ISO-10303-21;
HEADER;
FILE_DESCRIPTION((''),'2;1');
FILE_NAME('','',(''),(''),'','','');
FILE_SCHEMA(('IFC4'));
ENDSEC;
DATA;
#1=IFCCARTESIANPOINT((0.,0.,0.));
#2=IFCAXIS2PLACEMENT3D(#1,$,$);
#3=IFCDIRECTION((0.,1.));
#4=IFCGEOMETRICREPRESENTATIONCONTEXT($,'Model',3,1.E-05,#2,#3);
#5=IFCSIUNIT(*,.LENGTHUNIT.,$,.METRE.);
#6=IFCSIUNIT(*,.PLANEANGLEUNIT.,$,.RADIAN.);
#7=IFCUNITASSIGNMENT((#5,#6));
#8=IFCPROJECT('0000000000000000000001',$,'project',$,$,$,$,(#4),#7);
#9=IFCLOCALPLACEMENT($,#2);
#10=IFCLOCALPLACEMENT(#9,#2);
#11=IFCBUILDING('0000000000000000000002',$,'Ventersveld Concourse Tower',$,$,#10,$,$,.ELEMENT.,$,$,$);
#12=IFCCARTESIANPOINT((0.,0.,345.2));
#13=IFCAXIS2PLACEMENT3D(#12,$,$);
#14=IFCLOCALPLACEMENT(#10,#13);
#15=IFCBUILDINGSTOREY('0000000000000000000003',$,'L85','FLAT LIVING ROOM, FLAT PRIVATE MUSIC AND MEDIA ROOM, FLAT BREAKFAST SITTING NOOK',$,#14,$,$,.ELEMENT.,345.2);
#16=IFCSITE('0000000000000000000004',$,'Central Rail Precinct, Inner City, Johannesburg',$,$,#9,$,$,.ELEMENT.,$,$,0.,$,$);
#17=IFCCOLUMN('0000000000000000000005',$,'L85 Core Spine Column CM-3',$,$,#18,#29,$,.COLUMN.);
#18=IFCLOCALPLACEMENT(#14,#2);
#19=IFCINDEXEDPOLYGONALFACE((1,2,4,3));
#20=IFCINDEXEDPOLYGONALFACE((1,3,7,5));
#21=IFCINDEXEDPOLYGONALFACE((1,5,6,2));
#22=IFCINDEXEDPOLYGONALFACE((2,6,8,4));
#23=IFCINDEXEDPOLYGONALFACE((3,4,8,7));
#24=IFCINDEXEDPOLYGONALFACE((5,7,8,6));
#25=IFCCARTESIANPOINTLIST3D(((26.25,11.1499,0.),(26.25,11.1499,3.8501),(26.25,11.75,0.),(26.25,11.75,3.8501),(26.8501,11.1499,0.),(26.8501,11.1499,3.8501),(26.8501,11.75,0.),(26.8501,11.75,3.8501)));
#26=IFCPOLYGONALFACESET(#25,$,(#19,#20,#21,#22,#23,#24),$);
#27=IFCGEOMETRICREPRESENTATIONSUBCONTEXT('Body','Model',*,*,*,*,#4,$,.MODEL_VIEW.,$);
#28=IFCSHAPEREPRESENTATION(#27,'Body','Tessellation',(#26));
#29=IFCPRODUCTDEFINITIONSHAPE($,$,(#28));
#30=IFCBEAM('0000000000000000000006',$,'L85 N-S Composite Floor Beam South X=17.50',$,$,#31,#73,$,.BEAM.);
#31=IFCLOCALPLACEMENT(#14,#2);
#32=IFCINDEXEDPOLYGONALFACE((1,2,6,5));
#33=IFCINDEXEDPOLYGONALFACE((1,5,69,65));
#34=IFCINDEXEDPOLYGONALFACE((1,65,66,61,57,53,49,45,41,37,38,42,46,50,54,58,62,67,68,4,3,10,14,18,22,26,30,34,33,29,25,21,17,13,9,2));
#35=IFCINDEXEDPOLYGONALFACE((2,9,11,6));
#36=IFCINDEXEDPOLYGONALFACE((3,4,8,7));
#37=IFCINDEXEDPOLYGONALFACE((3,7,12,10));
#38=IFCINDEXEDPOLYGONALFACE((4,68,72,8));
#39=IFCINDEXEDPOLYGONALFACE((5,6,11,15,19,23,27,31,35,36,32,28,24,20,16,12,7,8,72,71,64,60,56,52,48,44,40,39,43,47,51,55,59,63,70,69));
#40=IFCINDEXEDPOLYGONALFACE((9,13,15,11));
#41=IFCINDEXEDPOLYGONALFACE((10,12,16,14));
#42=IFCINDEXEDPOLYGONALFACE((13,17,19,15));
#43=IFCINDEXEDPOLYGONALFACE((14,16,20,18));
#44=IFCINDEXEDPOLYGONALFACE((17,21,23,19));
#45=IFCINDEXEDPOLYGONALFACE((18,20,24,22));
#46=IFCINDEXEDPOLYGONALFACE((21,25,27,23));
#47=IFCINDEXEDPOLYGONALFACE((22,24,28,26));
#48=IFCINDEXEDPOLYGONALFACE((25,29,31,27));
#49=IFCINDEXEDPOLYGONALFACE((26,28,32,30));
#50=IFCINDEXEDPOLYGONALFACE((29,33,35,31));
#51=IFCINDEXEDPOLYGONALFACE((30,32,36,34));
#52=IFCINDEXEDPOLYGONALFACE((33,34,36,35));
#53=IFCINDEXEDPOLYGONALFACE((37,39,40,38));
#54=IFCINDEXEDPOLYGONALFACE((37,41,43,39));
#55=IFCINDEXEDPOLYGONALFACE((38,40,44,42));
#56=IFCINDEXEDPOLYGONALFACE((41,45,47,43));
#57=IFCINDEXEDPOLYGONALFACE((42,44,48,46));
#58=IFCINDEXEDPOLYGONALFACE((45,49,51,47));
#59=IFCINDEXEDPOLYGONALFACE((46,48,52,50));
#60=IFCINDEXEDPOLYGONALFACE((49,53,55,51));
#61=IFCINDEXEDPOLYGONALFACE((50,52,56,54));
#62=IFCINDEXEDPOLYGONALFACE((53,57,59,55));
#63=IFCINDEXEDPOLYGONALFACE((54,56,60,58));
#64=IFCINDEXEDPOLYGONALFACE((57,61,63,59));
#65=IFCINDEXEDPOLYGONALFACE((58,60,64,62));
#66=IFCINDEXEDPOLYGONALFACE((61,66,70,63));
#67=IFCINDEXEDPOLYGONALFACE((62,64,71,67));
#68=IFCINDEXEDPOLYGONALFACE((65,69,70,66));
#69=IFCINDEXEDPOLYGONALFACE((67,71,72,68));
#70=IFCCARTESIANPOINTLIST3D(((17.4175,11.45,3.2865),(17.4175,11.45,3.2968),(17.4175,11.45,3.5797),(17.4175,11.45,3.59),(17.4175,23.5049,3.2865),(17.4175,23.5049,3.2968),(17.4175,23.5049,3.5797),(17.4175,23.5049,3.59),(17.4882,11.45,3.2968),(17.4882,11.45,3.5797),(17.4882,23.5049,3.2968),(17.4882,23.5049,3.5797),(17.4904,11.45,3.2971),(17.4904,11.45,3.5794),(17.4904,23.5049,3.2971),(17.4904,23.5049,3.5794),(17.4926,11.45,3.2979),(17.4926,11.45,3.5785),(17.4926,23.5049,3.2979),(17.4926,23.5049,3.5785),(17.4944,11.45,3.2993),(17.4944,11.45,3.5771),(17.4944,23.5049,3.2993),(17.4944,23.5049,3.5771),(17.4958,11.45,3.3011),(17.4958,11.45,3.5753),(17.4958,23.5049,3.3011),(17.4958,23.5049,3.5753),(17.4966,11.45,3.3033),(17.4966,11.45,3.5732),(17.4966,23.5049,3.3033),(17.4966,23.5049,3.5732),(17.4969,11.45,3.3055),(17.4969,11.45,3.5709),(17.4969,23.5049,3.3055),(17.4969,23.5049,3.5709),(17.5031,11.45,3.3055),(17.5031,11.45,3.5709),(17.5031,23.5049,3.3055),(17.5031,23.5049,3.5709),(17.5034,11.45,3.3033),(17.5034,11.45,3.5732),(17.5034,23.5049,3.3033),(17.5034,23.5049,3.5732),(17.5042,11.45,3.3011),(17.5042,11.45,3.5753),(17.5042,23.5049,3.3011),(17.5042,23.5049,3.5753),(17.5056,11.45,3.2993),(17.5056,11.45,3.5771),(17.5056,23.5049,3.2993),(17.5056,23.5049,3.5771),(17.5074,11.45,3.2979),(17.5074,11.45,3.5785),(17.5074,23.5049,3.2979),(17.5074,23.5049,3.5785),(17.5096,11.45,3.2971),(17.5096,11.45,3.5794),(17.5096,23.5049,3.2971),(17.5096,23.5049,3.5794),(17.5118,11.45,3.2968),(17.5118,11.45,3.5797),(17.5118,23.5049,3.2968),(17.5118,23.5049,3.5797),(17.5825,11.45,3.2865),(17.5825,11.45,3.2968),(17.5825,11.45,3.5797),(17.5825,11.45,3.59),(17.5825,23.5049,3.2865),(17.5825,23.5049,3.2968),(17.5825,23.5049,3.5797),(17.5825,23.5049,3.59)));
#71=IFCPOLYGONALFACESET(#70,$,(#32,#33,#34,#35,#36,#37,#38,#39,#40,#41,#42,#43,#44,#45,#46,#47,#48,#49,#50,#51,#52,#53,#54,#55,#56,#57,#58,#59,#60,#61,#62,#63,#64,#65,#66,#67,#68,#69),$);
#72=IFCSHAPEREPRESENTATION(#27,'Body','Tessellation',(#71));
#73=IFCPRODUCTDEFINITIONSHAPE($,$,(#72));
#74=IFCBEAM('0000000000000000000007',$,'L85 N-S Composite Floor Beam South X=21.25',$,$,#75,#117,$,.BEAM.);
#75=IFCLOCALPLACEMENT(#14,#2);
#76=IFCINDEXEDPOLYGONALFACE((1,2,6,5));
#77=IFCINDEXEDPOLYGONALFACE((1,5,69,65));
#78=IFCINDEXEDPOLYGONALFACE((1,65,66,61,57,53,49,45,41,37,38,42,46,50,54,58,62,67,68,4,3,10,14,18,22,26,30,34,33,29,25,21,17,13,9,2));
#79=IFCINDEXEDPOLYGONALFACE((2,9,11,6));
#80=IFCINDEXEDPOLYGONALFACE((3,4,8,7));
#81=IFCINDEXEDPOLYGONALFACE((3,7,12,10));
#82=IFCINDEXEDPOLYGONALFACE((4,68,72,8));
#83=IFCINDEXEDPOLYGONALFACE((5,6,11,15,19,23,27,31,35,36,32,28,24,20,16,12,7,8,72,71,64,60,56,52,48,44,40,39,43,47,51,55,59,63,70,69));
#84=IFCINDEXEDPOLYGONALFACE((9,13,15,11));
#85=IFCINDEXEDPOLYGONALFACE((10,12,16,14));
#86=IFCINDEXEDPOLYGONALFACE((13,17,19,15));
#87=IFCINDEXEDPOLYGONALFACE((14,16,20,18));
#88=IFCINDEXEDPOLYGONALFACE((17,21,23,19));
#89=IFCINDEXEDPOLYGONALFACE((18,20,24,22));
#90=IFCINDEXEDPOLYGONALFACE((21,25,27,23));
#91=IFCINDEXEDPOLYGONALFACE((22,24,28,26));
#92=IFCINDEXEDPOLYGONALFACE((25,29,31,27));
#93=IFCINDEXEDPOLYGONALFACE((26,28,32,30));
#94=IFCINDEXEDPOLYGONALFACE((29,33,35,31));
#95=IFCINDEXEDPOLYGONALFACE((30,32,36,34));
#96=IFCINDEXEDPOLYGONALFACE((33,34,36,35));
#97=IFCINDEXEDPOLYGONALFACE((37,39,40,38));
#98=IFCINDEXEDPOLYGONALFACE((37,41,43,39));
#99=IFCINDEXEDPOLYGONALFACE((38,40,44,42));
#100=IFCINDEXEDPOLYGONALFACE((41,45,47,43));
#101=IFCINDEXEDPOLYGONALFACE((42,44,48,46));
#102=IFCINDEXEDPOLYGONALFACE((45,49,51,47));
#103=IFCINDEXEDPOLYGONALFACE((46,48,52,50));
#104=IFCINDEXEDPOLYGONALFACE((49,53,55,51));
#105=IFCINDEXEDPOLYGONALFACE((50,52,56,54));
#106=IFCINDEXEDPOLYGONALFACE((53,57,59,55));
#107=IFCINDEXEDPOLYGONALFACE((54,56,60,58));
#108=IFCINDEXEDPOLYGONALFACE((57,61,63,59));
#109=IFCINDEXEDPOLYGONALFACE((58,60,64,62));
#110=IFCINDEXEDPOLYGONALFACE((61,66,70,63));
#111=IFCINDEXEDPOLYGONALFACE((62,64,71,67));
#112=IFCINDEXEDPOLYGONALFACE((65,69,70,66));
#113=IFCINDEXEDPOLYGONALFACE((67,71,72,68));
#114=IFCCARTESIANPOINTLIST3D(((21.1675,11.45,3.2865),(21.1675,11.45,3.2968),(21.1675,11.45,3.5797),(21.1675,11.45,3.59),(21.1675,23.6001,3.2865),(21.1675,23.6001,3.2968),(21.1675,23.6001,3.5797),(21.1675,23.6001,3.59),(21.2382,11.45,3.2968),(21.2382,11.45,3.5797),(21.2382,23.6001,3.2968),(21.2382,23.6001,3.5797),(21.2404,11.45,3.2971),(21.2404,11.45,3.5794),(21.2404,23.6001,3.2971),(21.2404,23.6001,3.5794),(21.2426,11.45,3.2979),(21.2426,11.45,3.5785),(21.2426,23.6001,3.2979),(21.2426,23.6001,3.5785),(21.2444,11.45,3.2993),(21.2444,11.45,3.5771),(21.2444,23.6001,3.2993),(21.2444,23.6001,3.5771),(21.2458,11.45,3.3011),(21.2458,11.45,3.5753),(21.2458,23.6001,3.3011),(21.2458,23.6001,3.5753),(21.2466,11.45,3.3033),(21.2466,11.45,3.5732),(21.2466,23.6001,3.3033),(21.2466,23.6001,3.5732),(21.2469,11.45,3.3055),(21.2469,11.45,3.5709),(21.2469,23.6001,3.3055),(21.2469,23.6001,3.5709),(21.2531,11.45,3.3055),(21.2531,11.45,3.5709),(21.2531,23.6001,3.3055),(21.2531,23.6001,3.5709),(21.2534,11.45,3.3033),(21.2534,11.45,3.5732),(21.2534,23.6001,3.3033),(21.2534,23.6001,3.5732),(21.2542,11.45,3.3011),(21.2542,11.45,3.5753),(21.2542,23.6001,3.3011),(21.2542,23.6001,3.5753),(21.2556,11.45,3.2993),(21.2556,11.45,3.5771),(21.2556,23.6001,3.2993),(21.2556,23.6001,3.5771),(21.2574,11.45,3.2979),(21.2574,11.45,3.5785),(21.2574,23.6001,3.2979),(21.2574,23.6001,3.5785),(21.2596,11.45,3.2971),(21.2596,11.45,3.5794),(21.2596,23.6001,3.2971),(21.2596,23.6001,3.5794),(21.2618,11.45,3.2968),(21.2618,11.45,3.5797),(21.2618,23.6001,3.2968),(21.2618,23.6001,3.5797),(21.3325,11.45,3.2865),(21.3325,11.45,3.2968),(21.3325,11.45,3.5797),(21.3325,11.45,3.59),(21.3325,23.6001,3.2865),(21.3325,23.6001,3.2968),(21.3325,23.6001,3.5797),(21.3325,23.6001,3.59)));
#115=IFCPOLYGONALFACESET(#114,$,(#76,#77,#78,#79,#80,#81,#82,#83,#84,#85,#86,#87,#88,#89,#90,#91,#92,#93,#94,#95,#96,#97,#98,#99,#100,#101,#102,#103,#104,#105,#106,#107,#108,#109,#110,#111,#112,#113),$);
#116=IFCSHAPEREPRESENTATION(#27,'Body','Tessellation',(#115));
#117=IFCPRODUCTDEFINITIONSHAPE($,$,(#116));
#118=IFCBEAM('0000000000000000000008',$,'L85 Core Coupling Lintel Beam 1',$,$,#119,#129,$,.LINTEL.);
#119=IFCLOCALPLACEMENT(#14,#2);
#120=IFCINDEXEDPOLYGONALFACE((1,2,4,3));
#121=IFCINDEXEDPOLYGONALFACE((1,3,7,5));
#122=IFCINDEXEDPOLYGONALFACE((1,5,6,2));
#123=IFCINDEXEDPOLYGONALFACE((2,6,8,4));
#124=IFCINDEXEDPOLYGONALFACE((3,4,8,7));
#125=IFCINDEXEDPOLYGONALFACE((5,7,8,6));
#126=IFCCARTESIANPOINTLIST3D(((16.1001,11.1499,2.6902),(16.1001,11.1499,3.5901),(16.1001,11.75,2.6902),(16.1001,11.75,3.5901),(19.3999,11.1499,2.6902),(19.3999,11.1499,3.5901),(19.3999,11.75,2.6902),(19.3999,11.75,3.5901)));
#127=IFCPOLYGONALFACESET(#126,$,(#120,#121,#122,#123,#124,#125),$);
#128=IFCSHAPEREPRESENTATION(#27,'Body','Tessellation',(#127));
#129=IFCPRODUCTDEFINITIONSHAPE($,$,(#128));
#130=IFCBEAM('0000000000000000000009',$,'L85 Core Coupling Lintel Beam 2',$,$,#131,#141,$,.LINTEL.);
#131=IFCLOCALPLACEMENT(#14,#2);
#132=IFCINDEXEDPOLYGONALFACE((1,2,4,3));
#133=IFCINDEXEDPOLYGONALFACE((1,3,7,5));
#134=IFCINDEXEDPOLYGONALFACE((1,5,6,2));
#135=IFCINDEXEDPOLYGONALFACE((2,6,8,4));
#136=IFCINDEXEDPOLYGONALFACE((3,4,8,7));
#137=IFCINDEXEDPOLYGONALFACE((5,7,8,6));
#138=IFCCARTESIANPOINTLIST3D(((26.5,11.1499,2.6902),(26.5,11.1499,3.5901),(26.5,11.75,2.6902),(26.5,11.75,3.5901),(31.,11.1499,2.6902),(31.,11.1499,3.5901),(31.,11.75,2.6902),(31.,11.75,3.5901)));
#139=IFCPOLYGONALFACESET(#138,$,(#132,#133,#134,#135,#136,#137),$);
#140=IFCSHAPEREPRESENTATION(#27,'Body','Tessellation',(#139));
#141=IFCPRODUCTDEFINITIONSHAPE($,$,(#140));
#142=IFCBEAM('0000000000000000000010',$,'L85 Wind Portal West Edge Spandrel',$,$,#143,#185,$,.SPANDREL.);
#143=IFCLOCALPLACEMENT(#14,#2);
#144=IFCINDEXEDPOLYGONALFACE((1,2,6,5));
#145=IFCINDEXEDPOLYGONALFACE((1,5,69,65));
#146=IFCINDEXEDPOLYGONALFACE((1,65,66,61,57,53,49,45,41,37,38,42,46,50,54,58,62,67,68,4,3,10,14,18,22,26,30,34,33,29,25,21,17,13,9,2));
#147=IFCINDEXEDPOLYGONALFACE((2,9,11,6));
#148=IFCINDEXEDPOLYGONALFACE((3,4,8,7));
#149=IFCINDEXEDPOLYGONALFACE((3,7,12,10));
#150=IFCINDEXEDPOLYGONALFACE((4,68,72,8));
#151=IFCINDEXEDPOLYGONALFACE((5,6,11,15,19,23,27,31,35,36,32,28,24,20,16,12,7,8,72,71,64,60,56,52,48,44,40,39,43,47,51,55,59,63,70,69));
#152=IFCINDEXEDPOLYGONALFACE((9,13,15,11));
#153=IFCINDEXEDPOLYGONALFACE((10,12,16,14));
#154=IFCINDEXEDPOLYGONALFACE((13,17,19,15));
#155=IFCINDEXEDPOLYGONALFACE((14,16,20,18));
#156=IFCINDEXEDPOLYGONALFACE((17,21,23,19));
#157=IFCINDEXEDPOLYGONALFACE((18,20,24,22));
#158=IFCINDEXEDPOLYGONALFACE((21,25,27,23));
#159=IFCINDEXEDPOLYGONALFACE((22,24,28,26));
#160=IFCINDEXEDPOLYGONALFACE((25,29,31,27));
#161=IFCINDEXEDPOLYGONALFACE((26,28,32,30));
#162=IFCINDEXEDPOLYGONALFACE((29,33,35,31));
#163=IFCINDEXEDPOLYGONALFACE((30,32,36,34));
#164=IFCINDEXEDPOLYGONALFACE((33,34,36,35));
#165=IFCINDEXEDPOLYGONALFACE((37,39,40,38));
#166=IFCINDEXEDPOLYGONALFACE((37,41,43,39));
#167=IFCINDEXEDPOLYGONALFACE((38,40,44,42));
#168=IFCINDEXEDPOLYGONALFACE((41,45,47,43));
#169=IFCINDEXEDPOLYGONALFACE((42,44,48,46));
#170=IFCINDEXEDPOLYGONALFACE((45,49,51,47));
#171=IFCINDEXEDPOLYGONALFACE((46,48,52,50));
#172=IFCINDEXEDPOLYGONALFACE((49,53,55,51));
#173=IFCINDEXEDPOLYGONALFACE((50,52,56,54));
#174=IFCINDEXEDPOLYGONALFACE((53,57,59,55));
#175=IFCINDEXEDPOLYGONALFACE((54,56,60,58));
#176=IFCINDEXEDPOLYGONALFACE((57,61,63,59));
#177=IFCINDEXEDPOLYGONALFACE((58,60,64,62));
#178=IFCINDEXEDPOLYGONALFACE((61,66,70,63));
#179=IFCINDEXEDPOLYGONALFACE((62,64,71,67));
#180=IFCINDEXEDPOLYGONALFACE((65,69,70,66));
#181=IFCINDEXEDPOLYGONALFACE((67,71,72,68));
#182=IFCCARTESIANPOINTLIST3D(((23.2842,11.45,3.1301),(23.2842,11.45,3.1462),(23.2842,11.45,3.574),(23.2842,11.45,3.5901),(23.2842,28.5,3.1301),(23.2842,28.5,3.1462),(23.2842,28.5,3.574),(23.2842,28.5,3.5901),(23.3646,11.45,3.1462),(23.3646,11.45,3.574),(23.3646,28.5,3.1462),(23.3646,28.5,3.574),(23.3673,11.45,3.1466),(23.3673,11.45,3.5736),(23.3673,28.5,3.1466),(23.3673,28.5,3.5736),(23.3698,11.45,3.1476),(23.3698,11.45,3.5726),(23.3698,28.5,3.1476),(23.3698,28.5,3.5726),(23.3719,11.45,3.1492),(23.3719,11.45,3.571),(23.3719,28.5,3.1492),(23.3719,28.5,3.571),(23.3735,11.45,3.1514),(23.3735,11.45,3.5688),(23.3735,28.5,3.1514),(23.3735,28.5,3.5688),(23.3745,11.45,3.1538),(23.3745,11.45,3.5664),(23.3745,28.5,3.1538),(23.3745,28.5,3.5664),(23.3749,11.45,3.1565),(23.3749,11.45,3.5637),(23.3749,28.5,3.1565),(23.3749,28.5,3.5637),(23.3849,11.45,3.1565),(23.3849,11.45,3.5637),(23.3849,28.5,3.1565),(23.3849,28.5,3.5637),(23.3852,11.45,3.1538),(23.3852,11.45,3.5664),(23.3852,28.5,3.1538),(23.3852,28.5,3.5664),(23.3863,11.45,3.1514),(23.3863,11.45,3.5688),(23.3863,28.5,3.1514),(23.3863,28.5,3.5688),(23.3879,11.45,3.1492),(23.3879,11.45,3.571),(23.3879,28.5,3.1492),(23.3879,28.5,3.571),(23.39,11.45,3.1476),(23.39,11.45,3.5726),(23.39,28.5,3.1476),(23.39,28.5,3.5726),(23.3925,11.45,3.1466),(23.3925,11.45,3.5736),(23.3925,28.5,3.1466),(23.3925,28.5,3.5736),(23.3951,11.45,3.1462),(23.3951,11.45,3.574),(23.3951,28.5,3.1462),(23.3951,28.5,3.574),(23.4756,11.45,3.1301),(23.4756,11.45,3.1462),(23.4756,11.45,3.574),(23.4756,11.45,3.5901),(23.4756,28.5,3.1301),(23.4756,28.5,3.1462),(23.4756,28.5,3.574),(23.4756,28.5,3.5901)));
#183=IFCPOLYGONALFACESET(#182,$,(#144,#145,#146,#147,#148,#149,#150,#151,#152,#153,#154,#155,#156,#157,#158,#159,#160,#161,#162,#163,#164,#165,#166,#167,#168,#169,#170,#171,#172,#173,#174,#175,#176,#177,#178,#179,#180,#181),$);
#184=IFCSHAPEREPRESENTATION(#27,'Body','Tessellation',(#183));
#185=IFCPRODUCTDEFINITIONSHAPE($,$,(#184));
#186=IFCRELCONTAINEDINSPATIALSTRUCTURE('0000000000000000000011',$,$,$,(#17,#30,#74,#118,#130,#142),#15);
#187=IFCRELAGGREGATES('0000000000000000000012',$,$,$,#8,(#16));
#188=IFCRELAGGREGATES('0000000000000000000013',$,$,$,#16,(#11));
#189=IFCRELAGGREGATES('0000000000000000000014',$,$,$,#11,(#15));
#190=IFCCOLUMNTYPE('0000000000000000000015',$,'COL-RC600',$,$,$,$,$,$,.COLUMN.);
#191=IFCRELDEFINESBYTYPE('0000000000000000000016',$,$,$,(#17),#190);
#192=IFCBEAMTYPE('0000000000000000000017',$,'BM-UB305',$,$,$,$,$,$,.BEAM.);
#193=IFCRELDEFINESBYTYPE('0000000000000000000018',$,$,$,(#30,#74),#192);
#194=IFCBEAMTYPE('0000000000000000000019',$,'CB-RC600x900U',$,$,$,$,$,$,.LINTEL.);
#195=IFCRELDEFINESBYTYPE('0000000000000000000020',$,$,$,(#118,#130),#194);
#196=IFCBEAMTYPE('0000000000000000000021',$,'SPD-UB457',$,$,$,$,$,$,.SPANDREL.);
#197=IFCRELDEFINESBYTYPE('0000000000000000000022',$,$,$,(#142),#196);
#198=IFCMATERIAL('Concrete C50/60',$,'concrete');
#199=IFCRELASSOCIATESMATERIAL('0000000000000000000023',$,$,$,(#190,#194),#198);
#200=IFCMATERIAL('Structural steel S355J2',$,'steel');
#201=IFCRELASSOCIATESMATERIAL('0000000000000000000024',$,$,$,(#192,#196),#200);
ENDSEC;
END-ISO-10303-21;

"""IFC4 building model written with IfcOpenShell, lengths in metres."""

from ifc_helpers import new_model, si_unit, direction, frame, origin, origin_2d, place, context, subcontext, project, spatial, rectangle, i_section, extrude, material, material_profile, profile_set, type_object, element, save


model = new_model("IFC4")

# Units and contexts
model_context = context("Model", 3, precision=1e-05, world=origin(), true_north=direction((0.0, 1.0)))
body_context = subcontext(model_context, "Body", "Model", "MODEL_VIEW")
ifc_project = project(units=[si_unit("LENGTHUNIT", "METRE"), si_unit("PLANEANGLEUNIT", "RADIAN")], contexts=[model_context])

# Site, building, storey
site_placement = place(None, origin())
site = spatial("IfcSite", under=ifc_project, at=site_placement, Name="Central Rail Precinct, Inner City, Johannesburg", CompositionType="ELEMENT", RefElevation=0.0)
building_placement = place(site_placement, origin())
building = spatial("IfcBuilding", under=site, at=building_placement, Name="Ventersveld Concourse Tower", CompositionType="ELEMENT")
storey_placement = place(building_placement, frame((0.0, 0.0, 345.2)))
storey = spatial("IfcBuildingStorey", under=building, at=storey_placement, Name="L85", Description="FLAT LIVING ROOM, FLAT PRIVATE MUSIC AND MEDIA ROOM, FLAT BREAKFAST SITTING NOOK", CompositionType="ELEMENT", Elevation=345.2)

# Column
ifc_material_1 = material(Name="Concrete C50/60", Category="concrete")
ifc_material_profile_1 = material_profile(ifc_material_1, rectangle(XDim=0.6001, YDim=0.6001, at=origin_2d()), Name="RC 600x600")
ifc_profile_set_1 = profile_set([ifc_material_profile_1], Name="Concrete C50/60")
column_type = type_object("IfcColumnType", Name="COL-RC600", PredefinedType="COLUMN", material=ifc_profile_set_1)
column_placement = place(storey_placement, frame((26.55, 11.45, 0.0), z_axis=(0.0, 0.0, 1.0), x_axis=(1.0, 0.0, 0.0)))
element("IfcColumn", 1, at=column_placement, inside=storey, type_object=column_type, Name="L85 Core Spine Column CM-3", PredefinedType="COLUMN", context=body_context, shape_type="SweptSolid", body=[
    extrude(rectangle(XDim=0.6001, YDim=0.6001, at=origin_2d()), origin(), (0.0, 0.0, 1.0), 3.8501),
])

# Beams
ifc_material_2 = material(Name="Structural steel S355J2", Category="steel")
ifc_material_profile_2 = material_profile(ifc_material_2, i_section(OverallWidth=0.165, OverallDepth=0.3035, WebThickness=0.0061, FlangeThickness=0.0103, FilletRadius=0.0088, at=origin_2d()), Name="UB 305x165x40")
ifc_profile_set_2 = profile_set([ifc_material_profile_2], Name="Structural steel S355J2")
beam_type_1 = type_object("IfcBeamType", Name="BM-UB305", PredefinedType="BEAM", material=ifc_profile_set_2)
beam_1_placement = place(storey_placement, frame((17.5, 11.45, 3.4382), z_axis=(0.0, 1.0, 0.0), x_axis=(-1.0, 0.0, 0.0)))
element("IfcBeam", 2, at=beam_1_placement, inside=storey, type_object=beam_type_1, Name="L85 N-S Composite Floor Beam South X=17.50", PredefinedType="BEAM", context=body_context, shape_type="SweptSolid", body=[
    extrude(i_section(OverallWidth=0.165, OverallDepth=0.3035, WebThickness=0.0061, FlangeThickness=0.0103, FilletRadius=0.0088, at=origin_2d()), origin(), (0.0, 0.0, 1.0), 12.0549),
])
beam_2_placement = place(storey_placement, frame((21.25, 11.45, 3.4382), z_axis=(0.0, 1.0, 0.0), x_axis=(-1.0, 0.0, 0.0)))
element("IfcBeam", 3, at=beam_2_placement, inside=storey, type_object=beam_type_1, Name="L85 N-S Composite Floor Beam South X=21.25", PredefinedType="BEAM", context=body_context, shape_type="SweptSolid", body=[
    extrude(i_section(OverallWidth=0.165, OverallDepth=0.3035, WebThickness=0.0061, FlangeThickness=0.0103, FilletRadius=0.0088, at=origin_2d()), origin(), (0.0, 0.0, 1.0), 12.1501),
])
ifc_material_profile_3 = material_profile(ifc_material_1, rectangle(XDim=0.6001, YDim=0.8999, at=origin_2d()), Name="RC 600x900")
ifc_profile_set_3 = profile_set([ifc_material_profile_3], Name="Concrete C50/60")
beam_type_2 = type_object("IfcBeamType", Name="CB-RC600x900U", PredefinedType="LINTEL", material=ifc_profile_set_3)
beam_3_placement = place(storey_placement, frame((16.1001, 11.45, 3.1401), z_axis=(1.0, 0.0, 0.0), x_axis=(0.0, 1.0, 0.0)))
element("IfcBeam", 4, at=beam_3_placement, inside=storey, type_object=beam_type_2, Name="L85 Core Coupling Lintel Beam 1", PredefinedType="LINTEL", context=body_context, shape_type="SweptSolid", body=[
    extrude(rectangle(XDim=0.6001, YDim=0.8999, at=origin_2d()), origin(), (0.0, 0.0, 1.0), 3.2998),
])
beam_4_placement = place(storey_placement, frame((26.5, 11.45, 3.1401), z_axis=(1.0, 0.0, 0.0), x_axis=(0.0, 1.0, 0.0)))
element("IfcBeam", 5, at=beam_4_placement, inside=storey, type_object=beam_type_2, Name="L85 Core Coupling Lintel Beam 2", PredefinedType="LINTEL", context=body_context, shape_type="SweptSolid", body=[
    extrude(rectangle(XDim=0.6001, YDim=0.8999, at=origin_2d()), origin(), (0.0, 0.0, 1.0), 4.5),
])
ifc_material_profile_4 = material_profile(ifc_material_2, i_section(OverallWidth=0.1914, OverallDepth=0.46, WebThickness=0.01, FlangeThickness=0.0161, FilletRadius=0.0103, at=origin_2d()), Name="UB 457x191x82")
ifc_profile_set_4 = profile_set([ifc_material_profile_4], Name="Structural steel S355J2")
beam_type_3 = type_object("IfcBeamType", Name="SPD-UB457", PredefinedType="SPANDREL", material=ifc_profile_set_4)
beam_5_placement = place(storey_placement, frame((23.3799, 11.45, 3.3601), z_axis=(0.0, 1.0, 0.0), x_axis=(-1.0, 0.0, 0.0)))
element("IfcBeam", 6, at=beam_5_placement, inside=storey, type_object=beam_type_3, Name="L85 Wind Portal West Edge Spandrel", PredefinedType="SPANDREL", context=body_context, shape_type="SweptSolid", body=[
    extrude(i_section(OverallWidth=0.1914, OverallDepth=0.46, WebThickness=0.01, FlangeThickness=0.0161, FilletRadius=0.0103, at=origin_2d()), origin(), (0.0, 0.0, 1.0), 17.05),
])

save(model, "model.ifc")
